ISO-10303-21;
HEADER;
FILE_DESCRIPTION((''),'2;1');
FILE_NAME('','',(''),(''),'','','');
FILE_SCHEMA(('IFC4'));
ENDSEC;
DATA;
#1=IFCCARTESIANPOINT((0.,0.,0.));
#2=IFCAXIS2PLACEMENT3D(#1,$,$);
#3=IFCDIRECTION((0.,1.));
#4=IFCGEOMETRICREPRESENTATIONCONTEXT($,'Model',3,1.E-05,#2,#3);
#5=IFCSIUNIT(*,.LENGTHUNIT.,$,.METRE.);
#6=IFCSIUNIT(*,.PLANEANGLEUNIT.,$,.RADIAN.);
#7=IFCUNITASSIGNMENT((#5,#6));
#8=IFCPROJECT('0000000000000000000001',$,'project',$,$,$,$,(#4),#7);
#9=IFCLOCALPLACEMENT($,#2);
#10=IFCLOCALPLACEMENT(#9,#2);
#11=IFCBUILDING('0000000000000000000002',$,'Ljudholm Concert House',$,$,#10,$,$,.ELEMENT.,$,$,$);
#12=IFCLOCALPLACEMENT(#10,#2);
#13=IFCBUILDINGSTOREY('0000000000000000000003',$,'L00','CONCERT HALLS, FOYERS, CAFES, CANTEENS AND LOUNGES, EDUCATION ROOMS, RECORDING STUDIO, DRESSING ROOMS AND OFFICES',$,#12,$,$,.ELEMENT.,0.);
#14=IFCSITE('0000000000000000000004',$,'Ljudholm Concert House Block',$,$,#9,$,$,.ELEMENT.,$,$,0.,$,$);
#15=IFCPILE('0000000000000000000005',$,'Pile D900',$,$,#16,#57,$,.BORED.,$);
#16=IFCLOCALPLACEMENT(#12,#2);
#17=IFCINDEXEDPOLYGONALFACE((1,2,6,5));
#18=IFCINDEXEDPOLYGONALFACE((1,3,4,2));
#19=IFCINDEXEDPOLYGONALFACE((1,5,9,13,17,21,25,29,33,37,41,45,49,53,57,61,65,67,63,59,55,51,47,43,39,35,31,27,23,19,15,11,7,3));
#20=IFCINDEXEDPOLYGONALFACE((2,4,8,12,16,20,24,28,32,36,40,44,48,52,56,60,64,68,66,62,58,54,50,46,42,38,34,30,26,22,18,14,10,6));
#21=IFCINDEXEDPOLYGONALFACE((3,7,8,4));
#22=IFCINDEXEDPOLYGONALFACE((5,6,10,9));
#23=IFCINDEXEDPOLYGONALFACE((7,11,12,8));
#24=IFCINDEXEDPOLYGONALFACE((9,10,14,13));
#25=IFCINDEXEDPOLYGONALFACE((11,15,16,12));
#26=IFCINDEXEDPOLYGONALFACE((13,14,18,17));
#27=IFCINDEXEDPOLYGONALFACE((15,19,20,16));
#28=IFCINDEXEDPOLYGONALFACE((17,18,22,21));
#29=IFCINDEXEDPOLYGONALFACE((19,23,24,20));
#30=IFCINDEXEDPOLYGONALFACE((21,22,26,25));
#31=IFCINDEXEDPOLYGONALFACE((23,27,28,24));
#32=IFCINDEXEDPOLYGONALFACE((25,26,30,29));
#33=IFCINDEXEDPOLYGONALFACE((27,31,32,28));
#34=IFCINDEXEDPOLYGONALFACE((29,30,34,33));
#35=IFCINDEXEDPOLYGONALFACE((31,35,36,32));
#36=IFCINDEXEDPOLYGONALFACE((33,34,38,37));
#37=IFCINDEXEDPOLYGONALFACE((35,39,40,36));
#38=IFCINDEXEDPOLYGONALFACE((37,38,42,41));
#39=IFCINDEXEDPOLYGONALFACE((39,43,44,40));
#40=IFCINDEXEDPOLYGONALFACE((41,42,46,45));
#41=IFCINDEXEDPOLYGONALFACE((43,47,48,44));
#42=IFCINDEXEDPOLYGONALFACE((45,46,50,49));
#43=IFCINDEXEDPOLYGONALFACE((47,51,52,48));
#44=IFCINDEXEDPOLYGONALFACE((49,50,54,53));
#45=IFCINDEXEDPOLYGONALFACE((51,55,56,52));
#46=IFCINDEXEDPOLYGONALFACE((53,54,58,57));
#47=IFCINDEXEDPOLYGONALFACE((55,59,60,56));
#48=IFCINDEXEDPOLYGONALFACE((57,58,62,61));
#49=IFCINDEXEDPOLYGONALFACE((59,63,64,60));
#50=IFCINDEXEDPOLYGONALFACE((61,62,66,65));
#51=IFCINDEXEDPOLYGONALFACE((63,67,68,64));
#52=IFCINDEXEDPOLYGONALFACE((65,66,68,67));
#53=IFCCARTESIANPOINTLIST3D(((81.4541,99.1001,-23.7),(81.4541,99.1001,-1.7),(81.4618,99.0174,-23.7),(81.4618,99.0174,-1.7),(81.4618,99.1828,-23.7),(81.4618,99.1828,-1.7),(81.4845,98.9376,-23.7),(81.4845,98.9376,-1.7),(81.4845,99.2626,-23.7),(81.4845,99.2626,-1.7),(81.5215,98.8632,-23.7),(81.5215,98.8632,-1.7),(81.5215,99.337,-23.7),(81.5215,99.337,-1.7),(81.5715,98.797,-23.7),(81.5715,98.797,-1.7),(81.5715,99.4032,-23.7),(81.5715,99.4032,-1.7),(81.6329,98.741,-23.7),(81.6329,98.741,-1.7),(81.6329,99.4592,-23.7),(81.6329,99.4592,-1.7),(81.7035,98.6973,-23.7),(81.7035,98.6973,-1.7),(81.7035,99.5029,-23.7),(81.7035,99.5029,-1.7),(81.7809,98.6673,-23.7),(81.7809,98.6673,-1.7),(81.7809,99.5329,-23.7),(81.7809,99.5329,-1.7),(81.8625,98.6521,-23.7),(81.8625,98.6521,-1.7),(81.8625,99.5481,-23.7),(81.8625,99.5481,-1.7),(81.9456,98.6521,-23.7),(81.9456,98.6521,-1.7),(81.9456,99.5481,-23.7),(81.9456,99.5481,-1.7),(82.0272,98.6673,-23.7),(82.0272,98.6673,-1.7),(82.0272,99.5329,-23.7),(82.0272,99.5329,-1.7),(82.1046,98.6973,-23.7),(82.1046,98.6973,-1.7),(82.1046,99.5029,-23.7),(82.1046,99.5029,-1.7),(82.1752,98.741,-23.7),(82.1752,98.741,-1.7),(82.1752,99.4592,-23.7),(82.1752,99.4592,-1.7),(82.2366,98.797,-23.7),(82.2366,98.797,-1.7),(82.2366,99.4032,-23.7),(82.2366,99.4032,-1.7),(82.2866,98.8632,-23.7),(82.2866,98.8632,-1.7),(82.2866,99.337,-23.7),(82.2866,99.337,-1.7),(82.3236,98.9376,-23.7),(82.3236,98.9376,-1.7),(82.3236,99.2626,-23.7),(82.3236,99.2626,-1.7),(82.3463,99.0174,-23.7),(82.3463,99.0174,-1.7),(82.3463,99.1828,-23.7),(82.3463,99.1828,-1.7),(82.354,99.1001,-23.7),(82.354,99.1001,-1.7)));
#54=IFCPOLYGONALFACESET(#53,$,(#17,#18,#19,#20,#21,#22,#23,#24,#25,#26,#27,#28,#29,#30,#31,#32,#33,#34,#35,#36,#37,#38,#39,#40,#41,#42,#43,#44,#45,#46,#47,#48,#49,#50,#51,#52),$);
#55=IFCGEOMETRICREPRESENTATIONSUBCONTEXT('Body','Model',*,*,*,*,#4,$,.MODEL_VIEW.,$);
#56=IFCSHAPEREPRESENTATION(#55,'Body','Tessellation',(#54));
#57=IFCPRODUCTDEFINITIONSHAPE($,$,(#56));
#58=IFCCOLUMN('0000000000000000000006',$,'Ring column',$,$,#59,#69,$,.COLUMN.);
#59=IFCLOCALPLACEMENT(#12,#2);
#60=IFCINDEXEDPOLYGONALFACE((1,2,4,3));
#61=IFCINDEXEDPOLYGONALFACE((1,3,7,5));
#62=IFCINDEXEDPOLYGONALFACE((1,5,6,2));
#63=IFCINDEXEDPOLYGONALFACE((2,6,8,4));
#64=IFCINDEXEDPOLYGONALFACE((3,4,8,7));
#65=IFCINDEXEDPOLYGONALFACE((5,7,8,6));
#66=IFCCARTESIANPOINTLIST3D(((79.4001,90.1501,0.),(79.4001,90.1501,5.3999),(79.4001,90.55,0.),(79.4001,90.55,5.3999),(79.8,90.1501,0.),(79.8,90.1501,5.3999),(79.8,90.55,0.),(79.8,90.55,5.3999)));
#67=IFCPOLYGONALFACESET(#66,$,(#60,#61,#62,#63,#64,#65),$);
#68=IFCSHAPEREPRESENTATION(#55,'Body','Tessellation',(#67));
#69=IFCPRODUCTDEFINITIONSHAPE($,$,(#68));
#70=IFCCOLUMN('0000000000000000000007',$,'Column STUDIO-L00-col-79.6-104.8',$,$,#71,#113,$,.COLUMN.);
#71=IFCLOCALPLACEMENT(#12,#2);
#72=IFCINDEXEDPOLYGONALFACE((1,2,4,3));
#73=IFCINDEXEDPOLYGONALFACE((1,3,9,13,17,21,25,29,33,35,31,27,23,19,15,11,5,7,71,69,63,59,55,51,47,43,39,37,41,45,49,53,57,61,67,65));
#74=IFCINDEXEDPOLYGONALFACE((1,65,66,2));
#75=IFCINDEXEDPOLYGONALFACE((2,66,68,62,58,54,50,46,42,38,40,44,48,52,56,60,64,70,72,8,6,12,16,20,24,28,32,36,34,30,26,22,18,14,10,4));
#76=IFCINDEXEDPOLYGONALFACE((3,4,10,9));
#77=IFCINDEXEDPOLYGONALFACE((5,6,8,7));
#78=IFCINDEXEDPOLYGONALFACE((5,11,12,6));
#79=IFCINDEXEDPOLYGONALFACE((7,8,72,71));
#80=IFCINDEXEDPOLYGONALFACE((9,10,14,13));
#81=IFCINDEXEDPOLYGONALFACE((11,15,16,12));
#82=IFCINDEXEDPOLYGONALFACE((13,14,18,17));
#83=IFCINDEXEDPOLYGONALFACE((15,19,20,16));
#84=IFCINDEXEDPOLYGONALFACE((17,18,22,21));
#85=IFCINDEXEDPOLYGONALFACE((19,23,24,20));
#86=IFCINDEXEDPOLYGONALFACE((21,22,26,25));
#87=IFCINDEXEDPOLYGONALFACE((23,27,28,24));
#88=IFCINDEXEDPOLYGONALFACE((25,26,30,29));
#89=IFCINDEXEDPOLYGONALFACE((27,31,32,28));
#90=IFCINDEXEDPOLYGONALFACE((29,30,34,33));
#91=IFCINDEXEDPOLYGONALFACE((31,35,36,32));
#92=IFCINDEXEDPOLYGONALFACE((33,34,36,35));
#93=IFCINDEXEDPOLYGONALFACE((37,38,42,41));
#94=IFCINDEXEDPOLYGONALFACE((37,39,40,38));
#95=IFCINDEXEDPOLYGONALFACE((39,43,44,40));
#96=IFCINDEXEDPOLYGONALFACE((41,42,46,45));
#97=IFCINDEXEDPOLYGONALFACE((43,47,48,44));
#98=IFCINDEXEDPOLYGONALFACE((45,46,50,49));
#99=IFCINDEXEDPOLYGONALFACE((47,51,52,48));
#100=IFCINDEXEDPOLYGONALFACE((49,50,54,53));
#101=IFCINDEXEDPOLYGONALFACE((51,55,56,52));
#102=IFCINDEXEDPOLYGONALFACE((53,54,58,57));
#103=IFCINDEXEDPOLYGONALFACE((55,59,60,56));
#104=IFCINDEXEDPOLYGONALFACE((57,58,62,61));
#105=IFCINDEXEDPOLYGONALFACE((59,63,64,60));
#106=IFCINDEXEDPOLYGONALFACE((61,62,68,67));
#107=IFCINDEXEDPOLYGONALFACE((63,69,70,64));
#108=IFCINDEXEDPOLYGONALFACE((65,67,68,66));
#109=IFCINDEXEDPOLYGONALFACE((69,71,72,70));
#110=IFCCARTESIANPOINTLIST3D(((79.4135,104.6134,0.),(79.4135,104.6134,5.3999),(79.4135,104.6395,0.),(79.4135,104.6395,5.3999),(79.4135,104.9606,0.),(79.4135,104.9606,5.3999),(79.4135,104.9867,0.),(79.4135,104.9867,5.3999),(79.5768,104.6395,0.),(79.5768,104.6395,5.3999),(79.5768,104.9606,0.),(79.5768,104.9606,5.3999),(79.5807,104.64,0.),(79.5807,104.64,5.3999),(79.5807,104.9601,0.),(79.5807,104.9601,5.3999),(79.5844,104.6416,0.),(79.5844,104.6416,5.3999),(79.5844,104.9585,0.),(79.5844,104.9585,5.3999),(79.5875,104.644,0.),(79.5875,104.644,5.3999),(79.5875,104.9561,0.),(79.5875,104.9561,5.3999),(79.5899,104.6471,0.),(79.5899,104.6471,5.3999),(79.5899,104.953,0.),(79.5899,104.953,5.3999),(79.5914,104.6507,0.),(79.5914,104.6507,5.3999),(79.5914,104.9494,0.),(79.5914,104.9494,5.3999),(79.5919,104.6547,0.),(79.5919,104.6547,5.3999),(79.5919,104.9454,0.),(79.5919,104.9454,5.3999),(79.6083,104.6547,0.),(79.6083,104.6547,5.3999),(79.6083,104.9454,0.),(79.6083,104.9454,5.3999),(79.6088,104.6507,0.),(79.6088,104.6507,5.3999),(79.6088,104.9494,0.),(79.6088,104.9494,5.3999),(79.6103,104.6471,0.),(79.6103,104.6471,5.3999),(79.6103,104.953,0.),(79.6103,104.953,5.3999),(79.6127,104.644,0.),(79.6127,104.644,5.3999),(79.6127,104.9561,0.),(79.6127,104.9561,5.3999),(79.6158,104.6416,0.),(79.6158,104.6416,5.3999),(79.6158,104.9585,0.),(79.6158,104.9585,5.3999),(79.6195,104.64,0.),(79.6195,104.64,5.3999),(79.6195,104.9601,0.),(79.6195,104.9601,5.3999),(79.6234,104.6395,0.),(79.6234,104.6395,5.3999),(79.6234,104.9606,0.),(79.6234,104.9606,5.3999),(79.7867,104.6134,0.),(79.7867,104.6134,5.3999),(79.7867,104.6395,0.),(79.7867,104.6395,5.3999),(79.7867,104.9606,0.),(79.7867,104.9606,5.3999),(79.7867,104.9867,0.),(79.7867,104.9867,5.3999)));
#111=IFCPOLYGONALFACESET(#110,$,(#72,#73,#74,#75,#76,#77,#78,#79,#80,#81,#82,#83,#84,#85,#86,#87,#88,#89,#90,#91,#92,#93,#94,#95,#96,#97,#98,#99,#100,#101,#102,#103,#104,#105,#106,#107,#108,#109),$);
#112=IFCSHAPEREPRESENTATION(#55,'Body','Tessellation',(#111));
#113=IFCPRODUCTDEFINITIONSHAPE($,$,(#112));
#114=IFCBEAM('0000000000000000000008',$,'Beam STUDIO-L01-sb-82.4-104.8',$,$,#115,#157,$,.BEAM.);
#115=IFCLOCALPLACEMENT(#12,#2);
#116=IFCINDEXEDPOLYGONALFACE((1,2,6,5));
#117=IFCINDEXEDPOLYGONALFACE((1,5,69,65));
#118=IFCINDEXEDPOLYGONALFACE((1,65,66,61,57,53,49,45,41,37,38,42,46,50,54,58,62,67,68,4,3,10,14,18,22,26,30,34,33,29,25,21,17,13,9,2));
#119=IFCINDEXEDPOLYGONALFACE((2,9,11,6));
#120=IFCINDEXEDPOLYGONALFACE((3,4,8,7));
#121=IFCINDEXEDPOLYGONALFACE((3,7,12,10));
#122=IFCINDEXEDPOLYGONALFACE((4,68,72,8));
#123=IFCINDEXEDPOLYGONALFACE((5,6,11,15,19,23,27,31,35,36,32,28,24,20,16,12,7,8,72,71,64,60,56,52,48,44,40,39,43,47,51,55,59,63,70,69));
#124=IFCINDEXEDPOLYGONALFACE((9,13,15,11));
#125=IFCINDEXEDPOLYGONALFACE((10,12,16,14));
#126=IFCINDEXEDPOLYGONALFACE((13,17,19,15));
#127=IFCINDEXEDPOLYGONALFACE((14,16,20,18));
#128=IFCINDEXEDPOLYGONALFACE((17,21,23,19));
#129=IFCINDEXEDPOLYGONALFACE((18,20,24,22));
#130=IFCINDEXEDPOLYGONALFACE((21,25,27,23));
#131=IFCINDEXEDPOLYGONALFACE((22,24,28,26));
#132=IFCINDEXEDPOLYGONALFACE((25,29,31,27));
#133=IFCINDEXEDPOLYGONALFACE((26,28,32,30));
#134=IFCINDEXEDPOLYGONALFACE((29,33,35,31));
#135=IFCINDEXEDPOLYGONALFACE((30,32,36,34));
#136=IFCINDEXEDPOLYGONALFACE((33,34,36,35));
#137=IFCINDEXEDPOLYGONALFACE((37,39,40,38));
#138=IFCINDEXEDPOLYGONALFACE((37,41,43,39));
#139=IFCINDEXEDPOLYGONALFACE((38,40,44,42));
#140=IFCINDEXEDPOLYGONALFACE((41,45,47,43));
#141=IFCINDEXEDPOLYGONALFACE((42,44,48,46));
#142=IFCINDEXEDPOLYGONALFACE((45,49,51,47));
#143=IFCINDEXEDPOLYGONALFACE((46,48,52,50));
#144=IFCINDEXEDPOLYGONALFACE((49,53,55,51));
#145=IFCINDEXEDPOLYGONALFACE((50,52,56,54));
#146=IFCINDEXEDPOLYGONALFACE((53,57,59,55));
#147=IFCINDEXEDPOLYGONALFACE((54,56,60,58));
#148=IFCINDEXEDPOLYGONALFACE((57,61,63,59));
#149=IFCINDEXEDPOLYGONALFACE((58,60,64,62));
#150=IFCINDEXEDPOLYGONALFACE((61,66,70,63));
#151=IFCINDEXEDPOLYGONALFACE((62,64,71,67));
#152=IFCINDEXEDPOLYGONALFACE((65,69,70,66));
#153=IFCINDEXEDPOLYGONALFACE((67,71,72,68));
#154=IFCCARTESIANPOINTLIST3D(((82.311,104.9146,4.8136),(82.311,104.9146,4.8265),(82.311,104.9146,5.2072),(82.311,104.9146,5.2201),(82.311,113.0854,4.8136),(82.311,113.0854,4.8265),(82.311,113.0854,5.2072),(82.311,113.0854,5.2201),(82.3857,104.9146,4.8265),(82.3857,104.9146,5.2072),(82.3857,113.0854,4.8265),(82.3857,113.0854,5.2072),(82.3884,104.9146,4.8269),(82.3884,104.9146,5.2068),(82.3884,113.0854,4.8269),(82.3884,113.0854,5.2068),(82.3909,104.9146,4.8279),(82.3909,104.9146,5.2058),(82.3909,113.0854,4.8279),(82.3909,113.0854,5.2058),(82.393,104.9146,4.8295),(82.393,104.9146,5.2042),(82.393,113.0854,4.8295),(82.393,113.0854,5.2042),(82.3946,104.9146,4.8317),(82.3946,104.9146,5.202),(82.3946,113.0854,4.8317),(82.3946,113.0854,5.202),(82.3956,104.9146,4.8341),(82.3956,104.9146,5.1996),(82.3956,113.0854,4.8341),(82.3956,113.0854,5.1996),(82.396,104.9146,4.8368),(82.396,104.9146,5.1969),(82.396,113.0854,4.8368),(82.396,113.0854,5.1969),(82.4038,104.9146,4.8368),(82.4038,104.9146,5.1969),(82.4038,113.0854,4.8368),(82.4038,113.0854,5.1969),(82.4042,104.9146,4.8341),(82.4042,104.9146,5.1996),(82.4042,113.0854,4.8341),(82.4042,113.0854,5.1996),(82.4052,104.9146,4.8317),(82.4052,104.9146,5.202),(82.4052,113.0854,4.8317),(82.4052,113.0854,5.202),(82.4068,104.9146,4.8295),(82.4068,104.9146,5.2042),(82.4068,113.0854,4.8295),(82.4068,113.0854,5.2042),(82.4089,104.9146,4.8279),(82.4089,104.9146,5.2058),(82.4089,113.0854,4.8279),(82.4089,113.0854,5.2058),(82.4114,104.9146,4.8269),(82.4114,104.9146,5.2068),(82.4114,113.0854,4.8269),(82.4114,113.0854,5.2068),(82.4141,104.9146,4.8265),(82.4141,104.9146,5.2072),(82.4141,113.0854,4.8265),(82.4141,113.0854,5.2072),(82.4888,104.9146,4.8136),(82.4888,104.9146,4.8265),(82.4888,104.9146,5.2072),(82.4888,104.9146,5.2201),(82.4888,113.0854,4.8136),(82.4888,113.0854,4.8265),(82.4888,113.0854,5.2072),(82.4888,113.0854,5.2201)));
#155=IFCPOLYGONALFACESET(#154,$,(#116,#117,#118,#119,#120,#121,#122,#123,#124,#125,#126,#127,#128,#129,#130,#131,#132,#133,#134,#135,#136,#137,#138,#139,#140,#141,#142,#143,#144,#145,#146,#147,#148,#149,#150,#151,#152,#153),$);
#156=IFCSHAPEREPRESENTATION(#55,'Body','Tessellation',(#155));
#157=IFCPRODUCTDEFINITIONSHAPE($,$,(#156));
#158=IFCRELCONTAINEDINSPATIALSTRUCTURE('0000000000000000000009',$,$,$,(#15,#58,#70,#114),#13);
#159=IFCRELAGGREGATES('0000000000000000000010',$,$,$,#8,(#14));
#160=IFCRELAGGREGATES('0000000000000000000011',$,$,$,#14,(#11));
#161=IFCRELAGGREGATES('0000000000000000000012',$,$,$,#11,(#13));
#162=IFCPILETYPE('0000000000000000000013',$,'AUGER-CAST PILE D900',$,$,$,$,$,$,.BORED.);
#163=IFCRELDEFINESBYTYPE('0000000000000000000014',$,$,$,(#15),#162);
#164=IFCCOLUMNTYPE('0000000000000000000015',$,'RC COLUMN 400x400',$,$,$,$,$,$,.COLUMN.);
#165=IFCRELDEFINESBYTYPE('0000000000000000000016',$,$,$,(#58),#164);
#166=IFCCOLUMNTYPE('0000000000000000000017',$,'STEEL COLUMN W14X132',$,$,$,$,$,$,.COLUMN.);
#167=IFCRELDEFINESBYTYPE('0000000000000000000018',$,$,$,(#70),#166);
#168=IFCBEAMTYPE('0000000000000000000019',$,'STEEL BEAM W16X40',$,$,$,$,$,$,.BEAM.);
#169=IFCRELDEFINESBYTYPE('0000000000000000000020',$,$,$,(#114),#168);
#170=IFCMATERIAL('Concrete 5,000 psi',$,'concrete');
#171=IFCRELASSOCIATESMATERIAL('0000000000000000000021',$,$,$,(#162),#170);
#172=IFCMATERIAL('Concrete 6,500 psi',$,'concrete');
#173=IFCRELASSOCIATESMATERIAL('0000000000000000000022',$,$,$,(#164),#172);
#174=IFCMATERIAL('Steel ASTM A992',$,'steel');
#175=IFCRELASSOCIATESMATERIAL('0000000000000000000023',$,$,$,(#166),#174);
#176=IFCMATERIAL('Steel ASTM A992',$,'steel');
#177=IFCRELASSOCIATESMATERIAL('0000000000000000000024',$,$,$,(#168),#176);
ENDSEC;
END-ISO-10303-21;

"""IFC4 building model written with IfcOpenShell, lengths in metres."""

from ifc_helpers import new_model, si_unit, direction, frame, origin, origin_2d, place, context, subcontext, project, spatial, rectangle, circle, i_section, extrude, material, material_profile, profile_set, type_object, element, save


model = new_model("IFC4")

# Units and contexts
model_context = context("Model", 3, precision=1e-05, world=origin(), true_north=direction((0.0, 1.0)))
body_context = subcontext(model_context, "Body", "Model", "MODEL_VIEW")
ifc_project = project(units=[si_unit("LENGTHUNIT", "METRE"), si_unit("PLANEANGLEUNIT", "RADIAN")], contexts=[model_context])

# Site, building, storey
site_placement = place(None, origin())
site = spatial("IfcSite", under=ifc_project, at=site_placement, Name="Ljudholm Concert House Block", CompositionType="ELEMENT", RefElevation=0.0)
building_placement = place(site_placement, origin())
building = spatial("IfcBuilding", under=site, at=building_placement, Name="Ljudholm Concert House", CompositionType="ELEMENT")
storey_placement = place(building_placement, origin())
storey = spatial("IfcBuildingStorey", under=building, at=storey_placement, Name="L00", Description="CONCERT HALLS, FOYERS, CAFES, CANTEENS AND LOUNGES, EDUCATION ROOMS, RECORDING STUDIO, DRESSING ROOMS AND OFFICES", CompositionType="ELEMENT", Elevation=0.0)

# Pile
ifc_material_1 = material(Name="Concrete 5,000 psi", Category="concrete")
ifc_material_profile_1 = material_profile(ifc_material_1, circle(Radius=0.45, at=origin_2d()), Name="AUGER-CAST PILE D900")
ifc_profile_set_1 = profile_set([ifc_material_profile_1], Name="Concrete 5,000 psi")
pile_type_1 = type_object("IfcPileType", Name="AUGER-CAST PILE D900", PredefinedType="BORED", material=ifc_profile_set_1)
for number, where, z_axis, x_axis, name in (
    (1, (81.9041, 99.1001, -1.7), (0.0, 0.0, -1.0), (1.0, 0.0, 0.0), "Pile D900"),
):
    element("IfcPile", number, at=place(storey_placement, frame(where, z_axis=z_axis, x_axis=x_axis)), inside=storey, type_object=pile_type_1, Name=name, PredefinedType="BORED", context=body_context, shape_type="SweptSolid", body=[
        extrude(circle(Radius=0.45, at=origin_2d()), origin(), (0.0, 0.0, 1.0), 22.0),
    ])

# Columns
ifc_material_2 = material(Name="Concrete 6,500 psi", Category="concrete")
ifc_material_profile_2 = material_profile(ifc_material_2, rectangle(XDim=0.3999, YDim=0.3999, at=origin_2d()), Name="RC COLUMN 400x400")
ifc_profile_set_2 = profile_set([ifc_material_profile_2], Name="Concrete 6,500 psi")
column_type_1 = type_object("IfcColumnType", Name="RC COLUMN 400x400", PredefinedType="COLUMN", material=ifc_profile_set_2)
column_1_placement = place(storey_placement, frame((79.6001, 90.3501, 0.0), z_axis=(0.0, 0.0, 1.0), x_axis=(1.0, 0.0, 0.0)))
element("IfcColumn", 2, at=column_1_placement, inside=storey, type_object=column_type_1, Name="Ring column", PredefinedType="COLUMN", context=body_context, shape_type="SweptSolid", body=[
    extrude(rectangle(XDim=0.3999, YDim=0.3999, at=origin_2d()), origin(), (0.0, 0.0, 1.0), 5.3999),
])
ifc_material_3 = material(Name="Steel ASTM A992", Category="steel")
ifc_material_profile_3 = material_profile(ifc_material_3, i_section(OverallWidth=0.3733, OverallDepth=0.3733, WebThickness=0.0164, FlangeThickness=0.0261, FilletRadius=0.0151, at=origin_2d()), Name="W14X132")
ifc_profile_set_3 = profile_set([ifc_material_profile_3], Name="Steel ASTM A992")
column_type_2 = type_object("IfcColumnType", Name="STEEL COLUMN W14X132", PredefinedType="COLUMN", material=ifc_profile_set_3)
column_2_placement = place(storey_placement, frame((79.6001, 104.8, 0.0), z_axis=(0.0, 0.0, 1.0), x_axis=(1.0, 0.0, 0.0)))
element("IfcColumn", 3, at=column_2_placement, inside=storey, type_object=column_type_2, Name="Column STUDIO-L00-col-79.6-104.8", PredefinedType="COLUMN", context=body_context, shape_type="SweptSolid", body=[
    extrude(i_section(OverallWidth=0.3733, OverallDepth=0.3733, WebThickness=0.0164, FlangeThickness=0.0261, FilletRadius=0.0151, at=origin_2d()), origin(), (0.0, 0.0, 1.0), 5.3999),
])

# Beam
ifc_material_4 = material(Name="Steel ASTM A992", Category="steel")
ifc_material_profile_4 = material_profile(ifc_material_4, i_section(OverallWidth=0.1777, OverallDepth=0.4065, WebThickness=0.0078, FlangeThickness=0.0129, FilletRadius=0.0103, at=origin_2d()), Name="W16X40")
ifc_profile_set_4 = profile_set([ifc_material_profile_4], Name="Steel ASTM A992")
beam_type_1 = type_object("IfcBeamType", Name="STEEL BEAM W16X40", PredefinedType="BEAM", material=ifc_profile_set_4)
beam_1_placement = place(storey_placement, frame((82.3999, 104.9146, 5.0168), z_axis=(0.0, 1.0, 0.0), x_axis=(-1.0, 0.0, 0.0)))
element("IfcBeam", 4, at=beam_1_placement, inside=storey, type_object=beam_type_1, Name="Beam STUDIO-L01-sb-82.4-104.8", PredefinedType="BEAM", context=body_context, shape_type="SweptSolid", body=[
    extrude(i_section(OverallWidth=0.1777, OverallDepth=0.4065, WebThickness=0.0078, FlangeThickness=0.0129, FilletRadius=0.0103, at=origin_2d()), origin(), (0.0, 0.0, 1.0), 8.1709),
])

save(model, "model.ifc")
